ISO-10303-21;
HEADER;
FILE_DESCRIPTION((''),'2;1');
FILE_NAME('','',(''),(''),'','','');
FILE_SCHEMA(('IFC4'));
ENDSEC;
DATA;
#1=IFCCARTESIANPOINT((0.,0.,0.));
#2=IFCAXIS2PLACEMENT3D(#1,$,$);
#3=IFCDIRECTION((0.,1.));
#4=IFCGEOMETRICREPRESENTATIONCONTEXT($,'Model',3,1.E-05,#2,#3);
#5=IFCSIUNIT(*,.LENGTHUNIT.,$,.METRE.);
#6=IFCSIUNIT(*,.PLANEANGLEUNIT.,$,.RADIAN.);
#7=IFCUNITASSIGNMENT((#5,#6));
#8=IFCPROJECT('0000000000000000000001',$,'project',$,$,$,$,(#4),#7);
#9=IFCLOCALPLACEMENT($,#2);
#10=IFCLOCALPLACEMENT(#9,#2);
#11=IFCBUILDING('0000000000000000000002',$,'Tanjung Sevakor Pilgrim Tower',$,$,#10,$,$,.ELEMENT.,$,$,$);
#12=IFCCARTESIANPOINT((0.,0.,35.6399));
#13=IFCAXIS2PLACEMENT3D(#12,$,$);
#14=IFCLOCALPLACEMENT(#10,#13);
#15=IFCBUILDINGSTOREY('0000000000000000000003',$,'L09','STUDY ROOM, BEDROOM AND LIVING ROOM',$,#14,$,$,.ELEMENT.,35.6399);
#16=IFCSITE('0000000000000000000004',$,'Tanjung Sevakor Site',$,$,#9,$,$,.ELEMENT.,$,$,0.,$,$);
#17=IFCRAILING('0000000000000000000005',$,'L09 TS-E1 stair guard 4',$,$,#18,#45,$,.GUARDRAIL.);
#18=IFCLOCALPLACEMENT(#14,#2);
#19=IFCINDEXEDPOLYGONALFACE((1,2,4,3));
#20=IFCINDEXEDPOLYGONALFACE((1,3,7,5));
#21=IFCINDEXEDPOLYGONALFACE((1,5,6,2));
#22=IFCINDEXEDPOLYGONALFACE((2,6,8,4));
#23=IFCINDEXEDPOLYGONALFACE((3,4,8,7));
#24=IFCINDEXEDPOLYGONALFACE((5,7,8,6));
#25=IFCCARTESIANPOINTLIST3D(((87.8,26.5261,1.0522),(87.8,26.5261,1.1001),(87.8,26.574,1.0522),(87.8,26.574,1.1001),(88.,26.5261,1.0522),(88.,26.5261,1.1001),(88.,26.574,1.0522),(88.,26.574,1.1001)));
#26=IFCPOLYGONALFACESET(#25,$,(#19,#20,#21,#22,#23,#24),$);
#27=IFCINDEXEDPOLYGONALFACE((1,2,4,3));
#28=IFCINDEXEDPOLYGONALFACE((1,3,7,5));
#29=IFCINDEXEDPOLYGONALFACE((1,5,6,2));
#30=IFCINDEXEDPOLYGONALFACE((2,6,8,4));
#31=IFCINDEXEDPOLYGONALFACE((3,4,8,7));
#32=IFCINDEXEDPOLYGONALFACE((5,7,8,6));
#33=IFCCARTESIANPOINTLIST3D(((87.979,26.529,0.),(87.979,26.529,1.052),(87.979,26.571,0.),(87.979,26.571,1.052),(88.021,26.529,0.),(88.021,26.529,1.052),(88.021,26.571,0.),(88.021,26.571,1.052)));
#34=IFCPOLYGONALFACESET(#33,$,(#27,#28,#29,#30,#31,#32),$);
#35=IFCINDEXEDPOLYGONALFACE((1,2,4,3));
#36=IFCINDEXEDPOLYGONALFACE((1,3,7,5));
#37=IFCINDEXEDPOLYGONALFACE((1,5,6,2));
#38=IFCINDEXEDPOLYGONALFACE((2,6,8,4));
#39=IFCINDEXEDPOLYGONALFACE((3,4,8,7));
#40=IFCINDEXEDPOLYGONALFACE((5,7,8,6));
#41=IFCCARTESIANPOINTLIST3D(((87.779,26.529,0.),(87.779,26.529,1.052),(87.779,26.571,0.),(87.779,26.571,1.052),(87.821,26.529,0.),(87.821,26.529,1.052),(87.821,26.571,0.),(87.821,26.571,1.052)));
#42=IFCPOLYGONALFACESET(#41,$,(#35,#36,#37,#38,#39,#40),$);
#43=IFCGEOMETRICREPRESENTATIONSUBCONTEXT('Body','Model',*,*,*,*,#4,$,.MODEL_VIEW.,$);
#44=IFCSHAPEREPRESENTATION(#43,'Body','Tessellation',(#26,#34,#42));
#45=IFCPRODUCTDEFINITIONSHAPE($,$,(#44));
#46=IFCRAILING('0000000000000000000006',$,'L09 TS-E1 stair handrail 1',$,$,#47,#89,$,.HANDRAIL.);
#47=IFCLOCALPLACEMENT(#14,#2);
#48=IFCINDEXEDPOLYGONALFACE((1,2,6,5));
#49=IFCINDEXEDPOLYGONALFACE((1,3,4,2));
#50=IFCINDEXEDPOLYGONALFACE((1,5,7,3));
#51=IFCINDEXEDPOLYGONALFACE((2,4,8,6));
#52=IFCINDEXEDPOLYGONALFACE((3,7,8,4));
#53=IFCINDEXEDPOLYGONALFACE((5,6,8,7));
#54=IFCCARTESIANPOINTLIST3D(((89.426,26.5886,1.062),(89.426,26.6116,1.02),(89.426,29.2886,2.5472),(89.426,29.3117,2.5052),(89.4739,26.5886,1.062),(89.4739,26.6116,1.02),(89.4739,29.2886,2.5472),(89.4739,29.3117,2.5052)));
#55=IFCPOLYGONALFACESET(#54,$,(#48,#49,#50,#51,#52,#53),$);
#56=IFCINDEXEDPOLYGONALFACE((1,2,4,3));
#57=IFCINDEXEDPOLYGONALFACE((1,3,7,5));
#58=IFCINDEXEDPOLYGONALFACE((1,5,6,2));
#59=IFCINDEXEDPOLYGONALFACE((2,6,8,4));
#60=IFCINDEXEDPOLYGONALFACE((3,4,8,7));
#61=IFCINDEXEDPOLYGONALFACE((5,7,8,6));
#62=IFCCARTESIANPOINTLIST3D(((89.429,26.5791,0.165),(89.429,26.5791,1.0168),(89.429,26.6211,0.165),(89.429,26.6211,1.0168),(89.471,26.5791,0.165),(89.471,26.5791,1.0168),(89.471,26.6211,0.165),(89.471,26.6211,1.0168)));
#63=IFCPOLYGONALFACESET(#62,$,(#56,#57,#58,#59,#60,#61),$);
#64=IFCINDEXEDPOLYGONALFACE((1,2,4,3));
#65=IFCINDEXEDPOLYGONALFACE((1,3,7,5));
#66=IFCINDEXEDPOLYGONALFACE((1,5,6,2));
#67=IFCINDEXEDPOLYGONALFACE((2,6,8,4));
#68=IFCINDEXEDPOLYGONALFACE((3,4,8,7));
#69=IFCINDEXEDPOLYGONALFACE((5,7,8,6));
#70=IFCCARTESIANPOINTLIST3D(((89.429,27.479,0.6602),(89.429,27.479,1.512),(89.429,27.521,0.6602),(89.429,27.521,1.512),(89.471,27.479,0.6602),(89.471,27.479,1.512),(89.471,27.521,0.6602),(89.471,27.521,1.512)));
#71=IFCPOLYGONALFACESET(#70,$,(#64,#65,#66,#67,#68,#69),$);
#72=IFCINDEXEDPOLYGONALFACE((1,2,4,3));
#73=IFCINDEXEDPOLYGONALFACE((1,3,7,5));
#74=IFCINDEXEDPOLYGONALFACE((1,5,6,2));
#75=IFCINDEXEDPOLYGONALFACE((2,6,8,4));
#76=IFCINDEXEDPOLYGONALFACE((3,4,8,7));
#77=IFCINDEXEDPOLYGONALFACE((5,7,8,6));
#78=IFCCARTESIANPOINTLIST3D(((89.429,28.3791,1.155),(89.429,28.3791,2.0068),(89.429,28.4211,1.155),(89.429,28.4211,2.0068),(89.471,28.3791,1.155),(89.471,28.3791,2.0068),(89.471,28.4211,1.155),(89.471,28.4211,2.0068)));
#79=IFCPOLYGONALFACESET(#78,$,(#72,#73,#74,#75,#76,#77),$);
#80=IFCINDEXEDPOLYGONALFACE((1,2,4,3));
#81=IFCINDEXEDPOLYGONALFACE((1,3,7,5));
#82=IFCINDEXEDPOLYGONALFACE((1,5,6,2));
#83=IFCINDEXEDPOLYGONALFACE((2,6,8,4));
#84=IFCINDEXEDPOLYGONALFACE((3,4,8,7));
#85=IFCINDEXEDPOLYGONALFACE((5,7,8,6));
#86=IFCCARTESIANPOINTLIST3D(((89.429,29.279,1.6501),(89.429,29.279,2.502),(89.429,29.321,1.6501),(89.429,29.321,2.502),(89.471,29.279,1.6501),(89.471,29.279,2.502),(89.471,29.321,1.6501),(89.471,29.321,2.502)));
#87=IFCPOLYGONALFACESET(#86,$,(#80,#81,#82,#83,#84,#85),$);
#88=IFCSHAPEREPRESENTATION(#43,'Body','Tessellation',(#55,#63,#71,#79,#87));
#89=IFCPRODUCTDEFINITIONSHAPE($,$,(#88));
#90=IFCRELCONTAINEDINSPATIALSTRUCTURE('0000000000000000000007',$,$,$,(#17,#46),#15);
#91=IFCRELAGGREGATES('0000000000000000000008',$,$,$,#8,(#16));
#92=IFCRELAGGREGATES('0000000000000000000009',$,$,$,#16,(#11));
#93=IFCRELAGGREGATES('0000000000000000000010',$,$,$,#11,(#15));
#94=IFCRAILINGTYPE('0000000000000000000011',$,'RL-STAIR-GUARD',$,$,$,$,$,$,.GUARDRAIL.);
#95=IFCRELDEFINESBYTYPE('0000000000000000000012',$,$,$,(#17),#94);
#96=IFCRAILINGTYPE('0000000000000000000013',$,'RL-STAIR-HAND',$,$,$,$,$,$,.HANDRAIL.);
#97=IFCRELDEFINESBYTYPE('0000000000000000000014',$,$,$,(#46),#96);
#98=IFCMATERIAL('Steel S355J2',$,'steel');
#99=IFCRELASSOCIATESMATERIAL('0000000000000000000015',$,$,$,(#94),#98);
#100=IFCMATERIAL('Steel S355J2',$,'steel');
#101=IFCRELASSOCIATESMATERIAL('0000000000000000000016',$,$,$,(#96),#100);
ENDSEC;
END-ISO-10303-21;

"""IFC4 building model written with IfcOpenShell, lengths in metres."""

from ifc_helpers import new_model, si_unit, direction, frame, origin, place, context, subcontext, project, spatial, rectangle, extrude, material, type_object, element, save


model = new_model("IFC4")

# Units and contexts
model_context = context("Model", 3, precision=1e-05, world=origin(), true_north=direction((0.0, 1.0)))
body_context = subcontext(model_context, "Body", "Model", "MODEL_VIEW")
ifc_project = project(units=[si_unit("LENGTHUNIT", "METRE"), si_unit("PLANEANGLEUNIT", "RADIAN")], contexts=[model_context])

# Site, building, storey
site_placement = place(None, origin())
site = spatial("IfcSite", under=ifc_project, at=site_placement, Name="Tanjung Sevakor Site", CompositionType="ELEMENT", RefElevation=0.0)
building_placement = place(site_placement, origin())
building = spatial("IfcBuilding", under=site, at=building_placement, Name="Tanjung Sevakor Pilgrim Tower", CompositionType="ELEMENT")
storey_placement = place(building_placement, frame((0.0, 0.0, 35.6399)))
storey = spatial("IfcBuildingStorey", under=building, at=storey_placement, Name="L09", Description="STUDY ROOM, BEDROOM AND LIVING ROOM", CompositionType="ELEMENT", Elevation=35.6399)

# Railings
ifc_material_1 = material(Name="Steel S355J2", Category="steel")
railing_type_1 = type_object("IfcRailingType", Name="RL-STAIR-GUARD", PredefinedType="GUARDRAIL", material=ifc_material_1)
railing_1_placement = place(storey_placement, frame((88.0, 26.55, 0.0)))
element("IfcRailing", 1, at=railing_1_placement, inside=storey, type_object=railing_type_1, Name="L09 TS-E1 stair guard 4", PredefinedType="GUARDRAIL", context=body_context, shape_type="SweptSolid", body=[
    extrude(rectangle(XDim=0.0479, YDim=0.0479), frame((0.0, 0.0, 1.0762), z_axis=(-1.0, 0.0, 0.0), x_axis=(0.0, -1.0, 0.0)), (0.0, 0.0, 1.0), 0.2),
    extrude(rectangle(XDim=0.042, YDim=0.042), origin(), (0.0, 0.0, 1.0), 1.052),
    extrude(rectangle(XDim=0.042, YDim=0.042), frame((-0.2, 0.0, 0.0)), (0.0, 0.0, 1.0), 1.052),
])
ifc_material_2 = material(Name="Steel S355J2", Category="steel")
railing_type_2 = type_object("IfcRailingType", Name="RL-STAIR-HAND", PredefinedType="HANDRAIL", material=ifc_material_2)
railing_2_placement = place(storey_placement, frame((89.45, 26.6001, 0.165)))
element("IfcRailing", 2, at=railing_2_placement, inside=storey, type_object=railing_type_2, Name="L09 TS-E1 stair handrail 1", PredefinedType="HANDRAIL", context=body_context, shape_type="SweptSolid", body=[
    extrude(rectangle(XDim=0.0479, YDim=0.0479), frame((0.0, 0.0, 0.876), z_axis=(0.0, 0.876198, 0.481952), x_axis=(-1.0, 0.0, 0.0)), (0.0, 0.0, 1.0), 3.0815),
    extrude(rectangle(XDim=0.042, YDim=0.042), origin(), (0.0, 0.0, 1.0), 0.8518),
    extrude(rectangle(XDim=0.042, YDim=0.042), frame((0.0, 0.8999, 0.4951)), (0.0, 0.0, 1.0), 0.8518),
    extrude(rectangle(XDim=0.042, YDim=0.042), frame((0.0, 1.8, 0.99)), (0.0, 0.0, 1.0), 0.8518),
    extrude(rectangle(XDim=0.042, YDim=0.042), frame((0.0, 2.7, 1.4851)), (0.0, 0.0, 1.0), 0.8518),
])

save(model, "model.ifc")
